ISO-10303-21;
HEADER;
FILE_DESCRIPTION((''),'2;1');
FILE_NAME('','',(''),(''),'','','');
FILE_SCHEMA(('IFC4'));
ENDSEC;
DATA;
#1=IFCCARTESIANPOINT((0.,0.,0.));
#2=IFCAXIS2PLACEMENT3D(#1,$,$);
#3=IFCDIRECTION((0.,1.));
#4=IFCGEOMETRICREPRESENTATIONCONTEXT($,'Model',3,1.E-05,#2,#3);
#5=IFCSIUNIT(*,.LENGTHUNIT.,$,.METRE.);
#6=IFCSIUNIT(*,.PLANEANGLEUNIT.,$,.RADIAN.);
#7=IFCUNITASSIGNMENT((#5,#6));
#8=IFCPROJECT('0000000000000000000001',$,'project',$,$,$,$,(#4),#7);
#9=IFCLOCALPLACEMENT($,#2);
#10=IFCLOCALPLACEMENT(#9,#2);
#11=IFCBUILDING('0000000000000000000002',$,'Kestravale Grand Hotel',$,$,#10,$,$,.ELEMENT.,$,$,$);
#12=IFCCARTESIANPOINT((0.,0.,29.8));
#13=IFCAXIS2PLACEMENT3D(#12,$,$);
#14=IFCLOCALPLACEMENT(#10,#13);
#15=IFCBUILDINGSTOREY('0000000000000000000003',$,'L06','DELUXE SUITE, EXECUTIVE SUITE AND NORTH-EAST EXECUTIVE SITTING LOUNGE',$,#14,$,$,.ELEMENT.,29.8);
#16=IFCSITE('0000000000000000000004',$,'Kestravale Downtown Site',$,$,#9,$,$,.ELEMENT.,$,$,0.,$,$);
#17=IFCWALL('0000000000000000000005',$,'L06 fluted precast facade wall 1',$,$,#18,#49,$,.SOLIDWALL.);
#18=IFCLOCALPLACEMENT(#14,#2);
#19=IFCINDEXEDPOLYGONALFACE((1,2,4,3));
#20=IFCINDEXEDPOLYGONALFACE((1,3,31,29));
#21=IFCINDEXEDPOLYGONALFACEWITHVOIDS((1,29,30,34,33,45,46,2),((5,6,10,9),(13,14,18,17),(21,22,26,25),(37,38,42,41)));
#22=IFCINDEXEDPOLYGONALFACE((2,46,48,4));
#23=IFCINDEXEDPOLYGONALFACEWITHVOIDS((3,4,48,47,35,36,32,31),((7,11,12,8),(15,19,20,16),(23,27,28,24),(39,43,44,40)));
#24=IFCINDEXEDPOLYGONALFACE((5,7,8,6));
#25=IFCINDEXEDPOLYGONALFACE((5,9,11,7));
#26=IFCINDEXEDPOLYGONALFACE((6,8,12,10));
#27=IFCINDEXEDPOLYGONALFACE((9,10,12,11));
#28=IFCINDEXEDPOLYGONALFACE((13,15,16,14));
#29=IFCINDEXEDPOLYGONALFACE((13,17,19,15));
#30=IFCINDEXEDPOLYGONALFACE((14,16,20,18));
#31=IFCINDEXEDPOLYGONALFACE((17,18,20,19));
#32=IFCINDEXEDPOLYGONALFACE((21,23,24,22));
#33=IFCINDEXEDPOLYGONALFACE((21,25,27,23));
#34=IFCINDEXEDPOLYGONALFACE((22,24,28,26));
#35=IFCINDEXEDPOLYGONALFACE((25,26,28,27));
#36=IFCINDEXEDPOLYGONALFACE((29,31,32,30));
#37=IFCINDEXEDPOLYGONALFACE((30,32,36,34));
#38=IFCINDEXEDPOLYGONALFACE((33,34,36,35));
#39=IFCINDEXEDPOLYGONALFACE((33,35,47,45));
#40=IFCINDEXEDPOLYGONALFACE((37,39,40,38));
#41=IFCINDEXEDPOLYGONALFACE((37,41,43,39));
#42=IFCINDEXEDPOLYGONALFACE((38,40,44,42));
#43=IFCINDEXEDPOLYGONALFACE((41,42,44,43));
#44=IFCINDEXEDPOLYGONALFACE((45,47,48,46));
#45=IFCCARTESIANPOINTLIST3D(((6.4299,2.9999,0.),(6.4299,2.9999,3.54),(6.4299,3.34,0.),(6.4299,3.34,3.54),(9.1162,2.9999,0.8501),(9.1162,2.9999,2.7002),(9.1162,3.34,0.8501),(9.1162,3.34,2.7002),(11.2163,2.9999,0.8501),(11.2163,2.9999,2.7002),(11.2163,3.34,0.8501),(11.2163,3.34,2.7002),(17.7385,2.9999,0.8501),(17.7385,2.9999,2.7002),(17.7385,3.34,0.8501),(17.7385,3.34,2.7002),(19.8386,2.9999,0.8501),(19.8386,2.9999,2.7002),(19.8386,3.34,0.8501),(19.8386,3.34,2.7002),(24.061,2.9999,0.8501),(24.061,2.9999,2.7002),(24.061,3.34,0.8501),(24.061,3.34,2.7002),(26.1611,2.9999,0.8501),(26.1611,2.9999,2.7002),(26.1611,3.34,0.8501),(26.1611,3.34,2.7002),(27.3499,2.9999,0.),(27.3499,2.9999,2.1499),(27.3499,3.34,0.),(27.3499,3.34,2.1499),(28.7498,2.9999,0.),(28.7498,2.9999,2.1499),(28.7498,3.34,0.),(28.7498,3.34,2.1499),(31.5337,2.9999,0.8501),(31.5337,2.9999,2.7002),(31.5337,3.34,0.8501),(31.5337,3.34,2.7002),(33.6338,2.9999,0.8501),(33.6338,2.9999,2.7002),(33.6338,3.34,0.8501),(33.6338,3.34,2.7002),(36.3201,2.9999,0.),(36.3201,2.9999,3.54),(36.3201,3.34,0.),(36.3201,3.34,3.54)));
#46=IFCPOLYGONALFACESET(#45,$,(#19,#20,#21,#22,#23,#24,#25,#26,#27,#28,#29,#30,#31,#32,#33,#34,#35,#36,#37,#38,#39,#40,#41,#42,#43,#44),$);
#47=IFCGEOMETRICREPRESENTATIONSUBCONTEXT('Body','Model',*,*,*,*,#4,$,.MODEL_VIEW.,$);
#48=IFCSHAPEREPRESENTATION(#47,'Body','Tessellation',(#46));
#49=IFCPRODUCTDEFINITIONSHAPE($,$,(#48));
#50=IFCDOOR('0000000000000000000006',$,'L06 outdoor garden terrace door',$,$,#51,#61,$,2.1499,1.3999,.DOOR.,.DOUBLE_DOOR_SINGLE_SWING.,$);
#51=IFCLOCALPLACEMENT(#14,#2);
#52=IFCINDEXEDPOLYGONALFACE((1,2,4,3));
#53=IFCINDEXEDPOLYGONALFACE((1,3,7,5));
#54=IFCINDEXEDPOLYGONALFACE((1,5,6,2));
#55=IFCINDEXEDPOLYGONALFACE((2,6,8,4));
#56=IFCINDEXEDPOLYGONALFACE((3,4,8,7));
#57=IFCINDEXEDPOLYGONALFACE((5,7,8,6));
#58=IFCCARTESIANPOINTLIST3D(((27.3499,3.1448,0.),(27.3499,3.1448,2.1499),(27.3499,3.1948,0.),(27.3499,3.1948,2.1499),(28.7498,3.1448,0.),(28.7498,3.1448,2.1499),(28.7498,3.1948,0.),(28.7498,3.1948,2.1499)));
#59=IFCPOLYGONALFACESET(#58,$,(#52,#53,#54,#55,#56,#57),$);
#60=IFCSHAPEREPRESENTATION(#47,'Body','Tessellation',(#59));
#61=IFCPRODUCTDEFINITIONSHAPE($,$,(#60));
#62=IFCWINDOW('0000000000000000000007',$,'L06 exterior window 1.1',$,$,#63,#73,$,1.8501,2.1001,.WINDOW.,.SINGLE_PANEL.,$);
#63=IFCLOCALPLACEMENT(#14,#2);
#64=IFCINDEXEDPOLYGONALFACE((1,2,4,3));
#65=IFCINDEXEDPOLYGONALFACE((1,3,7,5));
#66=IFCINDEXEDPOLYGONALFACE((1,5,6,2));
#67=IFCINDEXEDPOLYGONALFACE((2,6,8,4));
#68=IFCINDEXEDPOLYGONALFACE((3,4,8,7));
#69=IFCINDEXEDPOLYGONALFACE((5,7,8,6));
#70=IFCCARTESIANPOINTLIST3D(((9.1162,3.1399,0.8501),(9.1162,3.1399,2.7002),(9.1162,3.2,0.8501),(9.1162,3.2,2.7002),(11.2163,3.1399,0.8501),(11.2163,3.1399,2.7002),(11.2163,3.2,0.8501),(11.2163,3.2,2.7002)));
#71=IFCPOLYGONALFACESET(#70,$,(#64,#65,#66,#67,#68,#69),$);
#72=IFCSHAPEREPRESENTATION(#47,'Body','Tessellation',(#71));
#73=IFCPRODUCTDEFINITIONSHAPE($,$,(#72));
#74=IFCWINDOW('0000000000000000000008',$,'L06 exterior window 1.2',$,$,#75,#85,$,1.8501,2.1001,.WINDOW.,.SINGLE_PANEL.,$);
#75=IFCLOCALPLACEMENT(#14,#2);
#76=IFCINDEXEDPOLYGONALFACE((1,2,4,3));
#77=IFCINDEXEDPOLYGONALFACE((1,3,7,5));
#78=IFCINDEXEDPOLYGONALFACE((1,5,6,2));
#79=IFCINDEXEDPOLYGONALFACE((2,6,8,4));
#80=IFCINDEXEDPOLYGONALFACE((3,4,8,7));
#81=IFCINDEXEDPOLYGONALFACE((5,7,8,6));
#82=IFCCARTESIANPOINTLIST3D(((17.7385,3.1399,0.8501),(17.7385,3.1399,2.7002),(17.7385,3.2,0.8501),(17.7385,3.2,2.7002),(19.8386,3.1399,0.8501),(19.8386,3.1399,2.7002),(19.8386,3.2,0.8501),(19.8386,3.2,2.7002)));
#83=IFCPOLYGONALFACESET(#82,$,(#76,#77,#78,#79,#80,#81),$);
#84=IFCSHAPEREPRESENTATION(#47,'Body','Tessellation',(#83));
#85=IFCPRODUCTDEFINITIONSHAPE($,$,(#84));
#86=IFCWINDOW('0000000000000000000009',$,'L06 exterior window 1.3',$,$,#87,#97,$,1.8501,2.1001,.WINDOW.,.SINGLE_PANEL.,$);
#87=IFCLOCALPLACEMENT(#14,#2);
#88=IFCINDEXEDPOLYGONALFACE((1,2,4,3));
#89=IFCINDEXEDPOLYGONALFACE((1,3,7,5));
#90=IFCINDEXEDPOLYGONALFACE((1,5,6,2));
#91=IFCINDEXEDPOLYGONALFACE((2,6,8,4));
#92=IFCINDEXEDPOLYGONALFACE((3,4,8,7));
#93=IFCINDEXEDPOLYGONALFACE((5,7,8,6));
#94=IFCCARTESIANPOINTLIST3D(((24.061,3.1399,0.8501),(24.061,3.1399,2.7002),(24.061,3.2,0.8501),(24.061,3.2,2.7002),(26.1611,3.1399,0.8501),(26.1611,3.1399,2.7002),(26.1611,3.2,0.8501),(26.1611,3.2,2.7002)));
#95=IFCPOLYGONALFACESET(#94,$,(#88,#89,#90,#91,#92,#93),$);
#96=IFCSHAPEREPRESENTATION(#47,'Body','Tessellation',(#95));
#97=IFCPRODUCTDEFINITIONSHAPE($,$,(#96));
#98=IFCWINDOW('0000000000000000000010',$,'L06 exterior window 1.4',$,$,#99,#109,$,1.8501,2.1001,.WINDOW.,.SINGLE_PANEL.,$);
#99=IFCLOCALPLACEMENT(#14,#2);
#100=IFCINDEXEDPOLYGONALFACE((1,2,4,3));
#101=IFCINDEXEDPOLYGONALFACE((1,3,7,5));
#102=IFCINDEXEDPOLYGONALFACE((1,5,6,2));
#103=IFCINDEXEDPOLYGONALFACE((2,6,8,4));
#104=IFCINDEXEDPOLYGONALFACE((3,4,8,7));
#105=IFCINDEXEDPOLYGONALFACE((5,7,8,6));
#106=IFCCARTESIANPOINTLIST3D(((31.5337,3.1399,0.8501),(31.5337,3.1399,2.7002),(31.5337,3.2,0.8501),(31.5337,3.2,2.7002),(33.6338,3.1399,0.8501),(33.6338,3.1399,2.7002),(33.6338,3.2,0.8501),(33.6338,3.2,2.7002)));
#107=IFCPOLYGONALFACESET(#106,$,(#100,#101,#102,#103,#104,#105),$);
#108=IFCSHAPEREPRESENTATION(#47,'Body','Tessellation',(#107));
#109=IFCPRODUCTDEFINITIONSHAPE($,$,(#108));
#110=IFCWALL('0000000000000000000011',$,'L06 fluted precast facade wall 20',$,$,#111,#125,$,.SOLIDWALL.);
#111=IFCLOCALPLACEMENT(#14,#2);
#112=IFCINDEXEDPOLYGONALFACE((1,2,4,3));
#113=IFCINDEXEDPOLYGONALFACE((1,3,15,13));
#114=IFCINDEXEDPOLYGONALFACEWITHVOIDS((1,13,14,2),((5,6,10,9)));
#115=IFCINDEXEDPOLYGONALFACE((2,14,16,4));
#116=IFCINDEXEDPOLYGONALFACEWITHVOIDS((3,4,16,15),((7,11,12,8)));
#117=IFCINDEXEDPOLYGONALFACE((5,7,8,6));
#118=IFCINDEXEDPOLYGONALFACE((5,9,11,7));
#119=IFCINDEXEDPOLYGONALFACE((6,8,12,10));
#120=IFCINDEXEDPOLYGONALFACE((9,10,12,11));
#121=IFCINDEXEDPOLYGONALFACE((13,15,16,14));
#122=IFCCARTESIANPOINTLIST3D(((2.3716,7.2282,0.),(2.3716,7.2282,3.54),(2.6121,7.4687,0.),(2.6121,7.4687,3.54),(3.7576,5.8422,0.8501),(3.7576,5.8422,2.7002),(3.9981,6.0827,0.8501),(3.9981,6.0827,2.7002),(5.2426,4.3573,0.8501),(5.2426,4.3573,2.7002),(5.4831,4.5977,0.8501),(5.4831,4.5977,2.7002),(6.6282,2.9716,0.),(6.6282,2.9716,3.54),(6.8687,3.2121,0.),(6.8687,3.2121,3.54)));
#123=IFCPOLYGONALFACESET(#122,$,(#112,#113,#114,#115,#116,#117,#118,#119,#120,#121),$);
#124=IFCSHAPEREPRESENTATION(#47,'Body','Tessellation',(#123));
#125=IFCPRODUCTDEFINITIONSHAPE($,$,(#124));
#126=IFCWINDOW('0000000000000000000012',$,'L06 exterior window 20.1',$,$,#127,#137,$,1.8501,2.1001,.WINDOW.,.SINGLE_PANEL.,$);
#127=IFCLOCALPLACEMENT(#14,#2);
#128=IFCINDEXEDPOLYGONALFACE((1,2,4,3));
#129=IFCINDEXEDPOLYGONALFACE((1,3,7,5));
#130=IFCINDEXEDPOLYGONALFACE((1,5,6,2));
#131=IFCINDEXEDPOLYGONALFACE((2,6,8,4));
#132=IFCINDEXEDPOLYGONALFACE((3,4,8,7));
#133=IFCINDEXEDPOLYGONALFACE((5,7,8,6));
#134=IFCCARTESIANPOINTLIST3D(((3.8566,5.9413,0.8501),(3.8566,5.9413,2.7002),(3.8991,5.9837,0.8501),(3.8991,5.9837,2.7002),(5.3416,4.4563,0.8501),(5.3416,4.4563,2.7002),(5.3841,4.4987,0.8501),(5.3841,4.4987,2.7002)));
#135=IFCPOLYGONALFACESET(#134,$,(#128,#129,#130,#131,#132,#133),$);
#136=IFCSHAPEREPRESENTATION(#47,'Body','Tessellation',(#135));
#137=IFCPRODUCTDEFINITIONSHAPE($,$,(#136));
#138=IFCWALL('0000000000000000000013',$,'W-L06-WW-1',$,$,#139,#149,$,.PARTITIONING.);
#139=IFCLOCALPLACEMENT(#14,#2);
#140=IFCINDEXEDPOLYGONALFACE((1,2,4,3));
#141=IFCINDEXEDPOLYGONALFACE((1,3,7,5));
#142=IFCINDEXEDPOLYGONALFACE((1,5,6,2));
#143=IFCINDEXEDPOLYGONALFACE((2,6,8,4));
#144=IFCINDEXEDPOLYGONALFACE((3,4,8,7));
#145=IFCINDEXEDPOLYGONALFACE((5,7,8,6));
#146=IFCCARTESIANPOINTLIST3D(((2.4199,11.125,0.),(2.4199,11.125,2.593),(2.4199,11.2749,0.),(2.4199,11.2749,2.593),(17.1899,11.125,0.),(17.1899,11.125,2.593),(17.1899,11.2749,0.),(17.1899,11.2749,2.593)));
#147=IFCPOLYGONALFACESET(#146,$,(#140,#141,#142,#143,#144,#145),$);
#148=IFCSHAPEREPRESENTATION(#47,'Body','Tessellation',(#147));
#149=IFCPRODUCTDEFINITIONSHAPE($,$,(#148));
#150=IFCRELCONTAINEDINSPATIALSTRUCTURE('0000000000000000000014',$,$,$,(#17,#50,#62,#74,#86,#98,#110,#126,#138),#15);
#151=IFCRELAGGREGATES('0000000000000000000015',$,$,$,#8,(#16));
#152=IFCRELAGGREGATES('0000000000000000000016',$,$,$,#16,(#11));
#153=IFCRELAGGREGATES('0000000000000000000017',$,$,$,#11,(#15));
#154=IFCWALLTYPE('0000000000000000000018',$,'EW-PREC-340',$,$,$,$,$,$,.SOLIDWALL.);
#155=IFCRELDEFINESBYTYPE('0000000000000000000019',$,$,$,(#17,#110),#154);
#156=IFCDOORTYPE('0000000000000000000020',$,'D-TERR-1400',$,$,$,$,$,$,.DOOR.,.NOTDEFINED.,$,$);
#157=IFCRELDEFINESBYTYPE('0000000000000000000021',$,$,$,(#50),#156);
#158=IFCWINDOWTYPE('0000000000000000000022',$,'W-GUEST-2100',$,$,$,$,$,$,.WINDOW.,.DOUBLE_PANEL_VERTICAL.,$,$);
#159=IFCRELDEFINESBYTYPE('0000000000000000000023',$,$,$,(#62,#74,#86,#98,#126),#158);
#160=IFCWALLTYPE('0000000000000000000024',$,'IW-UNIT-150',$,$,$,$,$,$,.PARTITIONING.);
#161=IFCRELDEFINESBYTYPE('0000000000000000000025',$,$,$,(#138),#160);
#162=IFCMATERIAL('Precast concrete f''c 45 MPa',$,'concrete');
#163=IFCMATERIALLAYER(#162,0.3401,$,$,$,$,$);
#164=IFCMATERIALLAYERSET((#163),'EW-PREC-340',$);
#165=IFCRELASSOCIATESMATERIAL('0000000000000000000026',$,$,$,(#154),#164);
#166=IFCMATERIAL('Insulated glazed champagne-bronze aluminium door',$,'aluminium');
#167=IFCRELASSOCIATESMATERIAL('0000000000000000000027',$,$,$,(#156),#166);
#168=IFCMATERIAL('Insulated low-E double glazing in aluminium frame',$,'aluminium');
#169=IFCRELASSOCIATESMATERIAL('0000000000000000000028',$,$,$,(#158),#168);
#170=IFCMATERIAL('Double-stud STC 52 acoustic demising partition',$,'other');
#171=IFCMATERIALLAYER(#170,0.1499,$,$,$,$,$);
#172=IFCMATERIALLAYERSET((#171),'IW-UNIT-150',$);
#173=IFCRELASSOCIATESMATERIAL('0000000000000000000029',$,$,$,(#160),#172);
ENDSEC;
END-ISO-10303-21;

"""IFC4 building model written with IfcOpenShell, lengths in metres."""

from ifc_helpers import new_model, si_unit, direction, frame, frame_2d, origin, place, context, subcontext, project, spatial, rectangle, extrude, material, layer, layer_set, type_object, element, fill, save


model = new_model("IFC4")

# Units and contexts
model_context = context("Model", 3, precision=1e-05, world=origin(), true_north=direction((0.0, 1.0)))
body_context = subcontext(model_context, "Body", "Model", "MODEL_VIEW")
ifc_project = project(units=[si_unit("LENGTHUNIT", "METRE"), si_unit("PLANEANGLEUNIT", "RADIAN")], contexts=[model_context])

# Site, building, storey
site_placement = place(None, origin())
site = spatial("IfcSite", under=ifc_project, at=site_placement, Name="Kestravale Downtown Site", CompositionType="ELEMENT", RefElevation=0.0)
building_placement = place(site_placement, origin())
building = spatial("IfcBuilding", under=site, at=building_placement, Name="Kestravale Grand Hotel", CompositionType="ELEMENT")
storey_placement = place(building_placement, frame((0.0, 0.0, 29.8)))
storey = spatial("IfcBuildingStorey", under=building, at=storey_placement, Name="L06", Description="DELUXE SUITE, EXECUTIVE SUITE AND NORTH-EAST EXECUTIVE SITTING LOUNGE", CompositionType="ELEMENT", Elevation=29.8)

# Wall, openings, door, windows
ifc_material_1 = material(Name="Precast concrete f'c 45 MPa", Category="concrete")
ifc_layer_1 = layer(ifc_material_1, 0.3401)
ifc_layer_set_1 = layer_set([ifc_layer_1], Name="EW-PREC-340")
wall_type_1 = type_object("IfcWallType", Name="EW-PREC-340", PredefinedType="SOLIDWALL", material=ifc_layer_set_1)
wall_1_placement = place(storey_placement, frame((6.4299, 3.1699, 0.0), z_axis=(0.0, 0.0, 1.0), x_axis=(1.0, 0.0, 0.0)))
wall_1 = element("IfcWall", 1, at=wall_1_placement, inside=storey, type_object=wall_type_1, Name="L06 fluted precast facade wall 1", PredefinedType="SOLIDWALL", context=body_context, shape_type="SweptSolid", body=[
    extrude(rectangle(XDim=29.8901, YDim=0.3401, at=frame_2d((14.9451, 0.0))), origin(), (0.0, 0.0, 1.0), 3.54),
])
opening_1_placement = place(wall_1_placement, frame((20.9199, 0.0, 0.0)))
opening_1 = element("IfcOpeningElement", 2, at=opening_1_placement, cuts=wall_1, PredefinedType="OPENING", context=body_context, shape_type="SweptSolid", body=[
    extrude(rectangle(XDim=1.3999, YDim=2.1499, at=frame_2d((0.7, 1.075))), frame((0.0, 0.1799, 0.0), z_axis=(0.0, -1.0, 0.0), x_axis=(1.0, 0.0, 0.0)), (0.0, 0.0, 1.0), 0.3601),
])
opening_2_placement = place(wall_1_placement, frame((2.6863, 0.0, 0.8501)))
opening_2 = element("IfcOpeningElement", 3, at=opening_2_placement, cuts=wall_1, PredefinedType="OPENING", context=body_context, shape_type="SweptSolid", body=[
    extrude(rectangle(XDim=2.1001, YDim=1.8501, at=frame_2d((1.05, 0.925))), frame((0.0, 0.1799, 0.0), z_axis=(0.0, -1.0, 0.0), x_axis=(1.0, 0.0, 0.0)), (0.0, 0.0, 1.0), 0.3601),
])
opening_3_placement = place(wall_1_placement, frame((11.3086, 0.0, 0.8501)))
opening_3 = element("IfcOpeningElement", 4, at=opening_3_placement, cuts=wall_1, PredefinedType="OPENING", context=body_context, shape_type="SweptSolid", body=[
    extrude(rectangle(XDim=2.1001, YDim=1.8501, at=frame_2d((1.05, 0.925))), frame((0.0, 0.1799, 0.0), z_axis=(0.0, -1.0, 0.0), x_axis=(1.0, 0.0, 0.0)), (0.0, 0.0, 1.0), 0.3601),
])
opening_4_placement = place(wall_1_placement, frame((17.6311, 0.0, 0.8501)))
opening_4 = element("IfcOpeningElement", 5, at=opening_4_placement, cuts=wall_1, PredefinedType="OPENING", context=body_context, shape_type="SweptSolid", body=[
    extrude(rectangle(XDim=2.1001, YDim=1.8501, at=frame_2d((1.05, 0.925))), frame((0.0, 0.1799, 0.0), z_axis=(0.0, -1.0, 0.0), x_axis=(1.0, 0.0, 0.0)), (0.0, 0.0, 1.0), 0.3601),
])
opening_5_placement = place(wall_1_placement, frame((25.1038, 0.0, 0.8501)))
opening_5 = element("IfcOpeningElement", 6, at=opening_5_placement, cuts=wall_1, PredefinedType="OPENING", context=body_context, shape_type="SweptSolid", body=[
    extrude(rectangle(XDim=2.1001, YDim=1.8501, at=frame_2d((1.05, 0.925))), frame((0.0, 0.1799, 0.0), z_axis=(0.0, -1.0, 0.0), x_axis=(1.0, 0.0, 0.0)), (0.0, 0.0, 1.0), 0.3601),
])
ifc_material_2 = material(Name="Insulated glazed champagne-bronze aluminium door", Category="aluminium")
door_type = type_object("IfcDoorType", Name="D-TERR-1400", OperationType="NOTDEFINED", PredefinedType="DOOR", material=ifc_material_2)
door_placement = place(opening_1_placement, origin())
door = element("IfcDoor", 7, at=door_placement, inside=storey, type_object=door_type, Name="L06 outdoor garden terrace door", OperationType="DOUBLE_DOOR_SINGLE_SWING", OverallHeight=2.1499, OverallWidth=1.3999, PredefinedType="DOOR", context=body_context, shape_type="SweptSolid", body=[
    extrude(rectangle(XDim=1.3999, YDim=2.1499, at=frame_2d((0.7, 1.075))), frame((0.0, 0.0249, 0.0), z_axis=(0.0, -1.0, 0.0), x_axis=(1.0, 0.0, 0.0)), (0.0, 0.0, 1.0), 0.05),
])
fill(opening_1, door)
ifc_material_3 = material(Name="Insulated low-E double glazing in aluminium frame", Category="aluminium")
window_type = type_object("IfcWindowType", Name="W-GUEST-2100", PartitioningType="DOUBLE_PANEL_VERTICAL", PredefinedType="WINDOW", material=ifc_material_3)
window_1_placement = place(opening_2_placement, origin())
window_1 = element("IfcWindow", 8, at=window_1_placement, inside=storey, type_object=window_type, Name="L06 exterior window 1.1", OverallHeight=1.8501, OverallWidth=2.1001, PartitioningType="SINGLE_PANEL", PredefinedType="WINDOW", context=body_context, shape_type="SweptSolid", body=[
    extrude(rectangle(XDim=2.1001, YDim=1.8501, at=frame_2d((1.05, 0.925))), frame((0.0, 0.03, 0.0), z_axis=(0.0, -1.0, 0.0), x_axis=(1.0, 0.0, 0.0)), (0.0, 0.0, 1.0), 0.0601),
])
fill(opening_2, window_1)
window_2_placement = place(opening_3_placement, origin())
window_2 = element("IfcWindow", 9, at=window_2_placement, inside=storey, type_object=window_type, Name="L06 exterior window 1.2", OverallHeight=1.8501, OverallWidth=2.1001, PartitioningType="SINGLE_PANEL", PredefinedType="WINDOW", context=body_context, shape_type="SweptSolid", body=[
    extrude(rectangle(XDim=2.1001, YDim=1.8501, at=frame_2d((1.05, 0.925))), frame((0.0, 0.03, 0.0), z_axis=(0.0, -1.0, 0.0), x_axis=(1.0, 0.0, 0.0)), (0.0, 0.0, 1.0), 0.0601),
])
fill(opening_3, window_2)
window_3_placement = place(opening_4_placement, origin())
window_3 = element("IfcWindow", 10, at=window_3_placement, inside=storey, type_object=window_type, Name="L06 exterior window 1.3", OverallHeight=1.8501, OverallWidth=2.1001, PartitioningType="SINGLE_PANEL", PredefinedType="WINDOW", context=body_context, shape_type="SweptSolid", body=[
    extrude(rectangle(XDim=2.1001, YDim=1.8501, at=frame_2d((1.05, 0.925))), frame((0.0, 0.03, 0.0), z_axis=(0.0, -1.0, 0.0), x_axis=(1.0, 0.0, 0.0)), (0.0, 0.0, 1.0), 0.0601),
])
fill(opening_4, window_3)
window_4_placement = place(opening_5_placement, origin())
window_4 = element("IfcWindow", 11, at=window_4_placement, inside=storey, type_object=window_type, Name="L06 exterior window 1.4", OverallHeight=1.8501, OverallWidth=2.1001, PartitioningType="SINGLE_PANEL", PredefinedType="WINDOW", context=body_context, shape_type="SweptSolid", body=[
    extrude(rectangle(XDim=2.1001, YDim=1.8501, at=frame_2d((1.05, 0.925))), frame((0.0, 0.03, 0.0), z_axis=(0.0, -1.0, 0.0), x_axis=(1.0, 0.0, 0.0)), (0.0, 0.0, 1.0), 0.0601),
])
fill(opening_5, window_4)

# Wall, opening, window
wall_2_placement = place(storey_placement, frame((2.4919, 7.3484, 0.0), z_axis=(0.0, 0.0, 1.0), x_axis=(0.707107, -0.707107, 0.0)))
wall_2 = element("IfcWall", 12, at=wall_2_placement, inside=storey, type_object=wall_type_1, Name="L06 fluted precast facade wall 20", PredefinedType="SOLIDWALL", context=body_context, shape_type="SweptSolid", body=[
    extrude(rectangle(XDim=6.0198, YDim=0.3401, at=frame_2d((3.0098, 0.0))), origin(), (0.0, 0.0, 1.0), 3.54),
])
opening_6_placement = place(wall_2_placement, frame((1.96, 0.0, 0.8501)))
opening_6 = element("IfcOpeningElement", 13, at=opening_6_placement, cuts=wall_2, PredefinedType="OPENING", context=body_context, shape_type="SweptSolid", body=[
    extrude(rectangle(XDim=2.1001, YDim=1.8501, at=frame_2d((1.05, 0.925))), frame((0.0, 0.1799, 0.0), z_axis=(0.0, -1.0, 0.0), x_axis=(1.0, 0.0, 0.0)), (0.0, 0.0, 1.0), 0.3601),
])
window_5_placement = place(opening_6_placement, origin())
window_5 = element("IfcWindow", 14, at=window_5_placement, inside=storey, type_object=window_type, Name="L06 exterior window 20.1", OverallHeight=1.8501, OverallWidth=2.1001, PartitioningType="SINGLE_PANEL", PredefinedType="WINDOW", context=body_context, shape_type="SweptSolid", body=[
    extrude(rectangle(XDim=2.1001, YDim=1.8501, at=frame_2d((1.05, 0.925))), frame((0.0, 0.03, 0.0), z_axis=(0.0, -1.0, 0.0), x_axis=(1.0, 0.0, 0.0)), (0.0, 0.0, 1.0), 0.0601),
])
fill(opening_6, window_5)

# Wall
ifc_material_4 = material(Name="Double-stud STC 52 acoustic demising partition", Category="other")
ifc_layer_2 = layer(ifc_material_4, 0.1499)
ifc_layer_set_2 = layer_set([ifc_layer_2], Name="IW-UNIT-150")
wall_type_2 = type_object("IfcWallType", Name="IW-UNIT-150", PredefinedType="PARTITIONING", material=ifc_layer_set_2)
wall_3_placement = place(storey_placement, frame((2.4199, 11.2, 0.0), z_axis=(0.0, 0.0, 1.0), x_axis=(1.0, 0.0, 0.0)))
element("IfcWall", 15, at=wall_3_placement, inside=storey, type_object=wall_type_2, Name="W-L06-WW-1", PredefinedType="PARTITIONING", context=body_context, shape_type="SweptSolid", body=[
    extrude(rectangle(XDim=14.77, YDim=0.1499, at=frame_2d((7.385, 0.0))), origin(), (0.0, 0.0, 1.0), 2.593),
])

save(model, "model.ifc")
